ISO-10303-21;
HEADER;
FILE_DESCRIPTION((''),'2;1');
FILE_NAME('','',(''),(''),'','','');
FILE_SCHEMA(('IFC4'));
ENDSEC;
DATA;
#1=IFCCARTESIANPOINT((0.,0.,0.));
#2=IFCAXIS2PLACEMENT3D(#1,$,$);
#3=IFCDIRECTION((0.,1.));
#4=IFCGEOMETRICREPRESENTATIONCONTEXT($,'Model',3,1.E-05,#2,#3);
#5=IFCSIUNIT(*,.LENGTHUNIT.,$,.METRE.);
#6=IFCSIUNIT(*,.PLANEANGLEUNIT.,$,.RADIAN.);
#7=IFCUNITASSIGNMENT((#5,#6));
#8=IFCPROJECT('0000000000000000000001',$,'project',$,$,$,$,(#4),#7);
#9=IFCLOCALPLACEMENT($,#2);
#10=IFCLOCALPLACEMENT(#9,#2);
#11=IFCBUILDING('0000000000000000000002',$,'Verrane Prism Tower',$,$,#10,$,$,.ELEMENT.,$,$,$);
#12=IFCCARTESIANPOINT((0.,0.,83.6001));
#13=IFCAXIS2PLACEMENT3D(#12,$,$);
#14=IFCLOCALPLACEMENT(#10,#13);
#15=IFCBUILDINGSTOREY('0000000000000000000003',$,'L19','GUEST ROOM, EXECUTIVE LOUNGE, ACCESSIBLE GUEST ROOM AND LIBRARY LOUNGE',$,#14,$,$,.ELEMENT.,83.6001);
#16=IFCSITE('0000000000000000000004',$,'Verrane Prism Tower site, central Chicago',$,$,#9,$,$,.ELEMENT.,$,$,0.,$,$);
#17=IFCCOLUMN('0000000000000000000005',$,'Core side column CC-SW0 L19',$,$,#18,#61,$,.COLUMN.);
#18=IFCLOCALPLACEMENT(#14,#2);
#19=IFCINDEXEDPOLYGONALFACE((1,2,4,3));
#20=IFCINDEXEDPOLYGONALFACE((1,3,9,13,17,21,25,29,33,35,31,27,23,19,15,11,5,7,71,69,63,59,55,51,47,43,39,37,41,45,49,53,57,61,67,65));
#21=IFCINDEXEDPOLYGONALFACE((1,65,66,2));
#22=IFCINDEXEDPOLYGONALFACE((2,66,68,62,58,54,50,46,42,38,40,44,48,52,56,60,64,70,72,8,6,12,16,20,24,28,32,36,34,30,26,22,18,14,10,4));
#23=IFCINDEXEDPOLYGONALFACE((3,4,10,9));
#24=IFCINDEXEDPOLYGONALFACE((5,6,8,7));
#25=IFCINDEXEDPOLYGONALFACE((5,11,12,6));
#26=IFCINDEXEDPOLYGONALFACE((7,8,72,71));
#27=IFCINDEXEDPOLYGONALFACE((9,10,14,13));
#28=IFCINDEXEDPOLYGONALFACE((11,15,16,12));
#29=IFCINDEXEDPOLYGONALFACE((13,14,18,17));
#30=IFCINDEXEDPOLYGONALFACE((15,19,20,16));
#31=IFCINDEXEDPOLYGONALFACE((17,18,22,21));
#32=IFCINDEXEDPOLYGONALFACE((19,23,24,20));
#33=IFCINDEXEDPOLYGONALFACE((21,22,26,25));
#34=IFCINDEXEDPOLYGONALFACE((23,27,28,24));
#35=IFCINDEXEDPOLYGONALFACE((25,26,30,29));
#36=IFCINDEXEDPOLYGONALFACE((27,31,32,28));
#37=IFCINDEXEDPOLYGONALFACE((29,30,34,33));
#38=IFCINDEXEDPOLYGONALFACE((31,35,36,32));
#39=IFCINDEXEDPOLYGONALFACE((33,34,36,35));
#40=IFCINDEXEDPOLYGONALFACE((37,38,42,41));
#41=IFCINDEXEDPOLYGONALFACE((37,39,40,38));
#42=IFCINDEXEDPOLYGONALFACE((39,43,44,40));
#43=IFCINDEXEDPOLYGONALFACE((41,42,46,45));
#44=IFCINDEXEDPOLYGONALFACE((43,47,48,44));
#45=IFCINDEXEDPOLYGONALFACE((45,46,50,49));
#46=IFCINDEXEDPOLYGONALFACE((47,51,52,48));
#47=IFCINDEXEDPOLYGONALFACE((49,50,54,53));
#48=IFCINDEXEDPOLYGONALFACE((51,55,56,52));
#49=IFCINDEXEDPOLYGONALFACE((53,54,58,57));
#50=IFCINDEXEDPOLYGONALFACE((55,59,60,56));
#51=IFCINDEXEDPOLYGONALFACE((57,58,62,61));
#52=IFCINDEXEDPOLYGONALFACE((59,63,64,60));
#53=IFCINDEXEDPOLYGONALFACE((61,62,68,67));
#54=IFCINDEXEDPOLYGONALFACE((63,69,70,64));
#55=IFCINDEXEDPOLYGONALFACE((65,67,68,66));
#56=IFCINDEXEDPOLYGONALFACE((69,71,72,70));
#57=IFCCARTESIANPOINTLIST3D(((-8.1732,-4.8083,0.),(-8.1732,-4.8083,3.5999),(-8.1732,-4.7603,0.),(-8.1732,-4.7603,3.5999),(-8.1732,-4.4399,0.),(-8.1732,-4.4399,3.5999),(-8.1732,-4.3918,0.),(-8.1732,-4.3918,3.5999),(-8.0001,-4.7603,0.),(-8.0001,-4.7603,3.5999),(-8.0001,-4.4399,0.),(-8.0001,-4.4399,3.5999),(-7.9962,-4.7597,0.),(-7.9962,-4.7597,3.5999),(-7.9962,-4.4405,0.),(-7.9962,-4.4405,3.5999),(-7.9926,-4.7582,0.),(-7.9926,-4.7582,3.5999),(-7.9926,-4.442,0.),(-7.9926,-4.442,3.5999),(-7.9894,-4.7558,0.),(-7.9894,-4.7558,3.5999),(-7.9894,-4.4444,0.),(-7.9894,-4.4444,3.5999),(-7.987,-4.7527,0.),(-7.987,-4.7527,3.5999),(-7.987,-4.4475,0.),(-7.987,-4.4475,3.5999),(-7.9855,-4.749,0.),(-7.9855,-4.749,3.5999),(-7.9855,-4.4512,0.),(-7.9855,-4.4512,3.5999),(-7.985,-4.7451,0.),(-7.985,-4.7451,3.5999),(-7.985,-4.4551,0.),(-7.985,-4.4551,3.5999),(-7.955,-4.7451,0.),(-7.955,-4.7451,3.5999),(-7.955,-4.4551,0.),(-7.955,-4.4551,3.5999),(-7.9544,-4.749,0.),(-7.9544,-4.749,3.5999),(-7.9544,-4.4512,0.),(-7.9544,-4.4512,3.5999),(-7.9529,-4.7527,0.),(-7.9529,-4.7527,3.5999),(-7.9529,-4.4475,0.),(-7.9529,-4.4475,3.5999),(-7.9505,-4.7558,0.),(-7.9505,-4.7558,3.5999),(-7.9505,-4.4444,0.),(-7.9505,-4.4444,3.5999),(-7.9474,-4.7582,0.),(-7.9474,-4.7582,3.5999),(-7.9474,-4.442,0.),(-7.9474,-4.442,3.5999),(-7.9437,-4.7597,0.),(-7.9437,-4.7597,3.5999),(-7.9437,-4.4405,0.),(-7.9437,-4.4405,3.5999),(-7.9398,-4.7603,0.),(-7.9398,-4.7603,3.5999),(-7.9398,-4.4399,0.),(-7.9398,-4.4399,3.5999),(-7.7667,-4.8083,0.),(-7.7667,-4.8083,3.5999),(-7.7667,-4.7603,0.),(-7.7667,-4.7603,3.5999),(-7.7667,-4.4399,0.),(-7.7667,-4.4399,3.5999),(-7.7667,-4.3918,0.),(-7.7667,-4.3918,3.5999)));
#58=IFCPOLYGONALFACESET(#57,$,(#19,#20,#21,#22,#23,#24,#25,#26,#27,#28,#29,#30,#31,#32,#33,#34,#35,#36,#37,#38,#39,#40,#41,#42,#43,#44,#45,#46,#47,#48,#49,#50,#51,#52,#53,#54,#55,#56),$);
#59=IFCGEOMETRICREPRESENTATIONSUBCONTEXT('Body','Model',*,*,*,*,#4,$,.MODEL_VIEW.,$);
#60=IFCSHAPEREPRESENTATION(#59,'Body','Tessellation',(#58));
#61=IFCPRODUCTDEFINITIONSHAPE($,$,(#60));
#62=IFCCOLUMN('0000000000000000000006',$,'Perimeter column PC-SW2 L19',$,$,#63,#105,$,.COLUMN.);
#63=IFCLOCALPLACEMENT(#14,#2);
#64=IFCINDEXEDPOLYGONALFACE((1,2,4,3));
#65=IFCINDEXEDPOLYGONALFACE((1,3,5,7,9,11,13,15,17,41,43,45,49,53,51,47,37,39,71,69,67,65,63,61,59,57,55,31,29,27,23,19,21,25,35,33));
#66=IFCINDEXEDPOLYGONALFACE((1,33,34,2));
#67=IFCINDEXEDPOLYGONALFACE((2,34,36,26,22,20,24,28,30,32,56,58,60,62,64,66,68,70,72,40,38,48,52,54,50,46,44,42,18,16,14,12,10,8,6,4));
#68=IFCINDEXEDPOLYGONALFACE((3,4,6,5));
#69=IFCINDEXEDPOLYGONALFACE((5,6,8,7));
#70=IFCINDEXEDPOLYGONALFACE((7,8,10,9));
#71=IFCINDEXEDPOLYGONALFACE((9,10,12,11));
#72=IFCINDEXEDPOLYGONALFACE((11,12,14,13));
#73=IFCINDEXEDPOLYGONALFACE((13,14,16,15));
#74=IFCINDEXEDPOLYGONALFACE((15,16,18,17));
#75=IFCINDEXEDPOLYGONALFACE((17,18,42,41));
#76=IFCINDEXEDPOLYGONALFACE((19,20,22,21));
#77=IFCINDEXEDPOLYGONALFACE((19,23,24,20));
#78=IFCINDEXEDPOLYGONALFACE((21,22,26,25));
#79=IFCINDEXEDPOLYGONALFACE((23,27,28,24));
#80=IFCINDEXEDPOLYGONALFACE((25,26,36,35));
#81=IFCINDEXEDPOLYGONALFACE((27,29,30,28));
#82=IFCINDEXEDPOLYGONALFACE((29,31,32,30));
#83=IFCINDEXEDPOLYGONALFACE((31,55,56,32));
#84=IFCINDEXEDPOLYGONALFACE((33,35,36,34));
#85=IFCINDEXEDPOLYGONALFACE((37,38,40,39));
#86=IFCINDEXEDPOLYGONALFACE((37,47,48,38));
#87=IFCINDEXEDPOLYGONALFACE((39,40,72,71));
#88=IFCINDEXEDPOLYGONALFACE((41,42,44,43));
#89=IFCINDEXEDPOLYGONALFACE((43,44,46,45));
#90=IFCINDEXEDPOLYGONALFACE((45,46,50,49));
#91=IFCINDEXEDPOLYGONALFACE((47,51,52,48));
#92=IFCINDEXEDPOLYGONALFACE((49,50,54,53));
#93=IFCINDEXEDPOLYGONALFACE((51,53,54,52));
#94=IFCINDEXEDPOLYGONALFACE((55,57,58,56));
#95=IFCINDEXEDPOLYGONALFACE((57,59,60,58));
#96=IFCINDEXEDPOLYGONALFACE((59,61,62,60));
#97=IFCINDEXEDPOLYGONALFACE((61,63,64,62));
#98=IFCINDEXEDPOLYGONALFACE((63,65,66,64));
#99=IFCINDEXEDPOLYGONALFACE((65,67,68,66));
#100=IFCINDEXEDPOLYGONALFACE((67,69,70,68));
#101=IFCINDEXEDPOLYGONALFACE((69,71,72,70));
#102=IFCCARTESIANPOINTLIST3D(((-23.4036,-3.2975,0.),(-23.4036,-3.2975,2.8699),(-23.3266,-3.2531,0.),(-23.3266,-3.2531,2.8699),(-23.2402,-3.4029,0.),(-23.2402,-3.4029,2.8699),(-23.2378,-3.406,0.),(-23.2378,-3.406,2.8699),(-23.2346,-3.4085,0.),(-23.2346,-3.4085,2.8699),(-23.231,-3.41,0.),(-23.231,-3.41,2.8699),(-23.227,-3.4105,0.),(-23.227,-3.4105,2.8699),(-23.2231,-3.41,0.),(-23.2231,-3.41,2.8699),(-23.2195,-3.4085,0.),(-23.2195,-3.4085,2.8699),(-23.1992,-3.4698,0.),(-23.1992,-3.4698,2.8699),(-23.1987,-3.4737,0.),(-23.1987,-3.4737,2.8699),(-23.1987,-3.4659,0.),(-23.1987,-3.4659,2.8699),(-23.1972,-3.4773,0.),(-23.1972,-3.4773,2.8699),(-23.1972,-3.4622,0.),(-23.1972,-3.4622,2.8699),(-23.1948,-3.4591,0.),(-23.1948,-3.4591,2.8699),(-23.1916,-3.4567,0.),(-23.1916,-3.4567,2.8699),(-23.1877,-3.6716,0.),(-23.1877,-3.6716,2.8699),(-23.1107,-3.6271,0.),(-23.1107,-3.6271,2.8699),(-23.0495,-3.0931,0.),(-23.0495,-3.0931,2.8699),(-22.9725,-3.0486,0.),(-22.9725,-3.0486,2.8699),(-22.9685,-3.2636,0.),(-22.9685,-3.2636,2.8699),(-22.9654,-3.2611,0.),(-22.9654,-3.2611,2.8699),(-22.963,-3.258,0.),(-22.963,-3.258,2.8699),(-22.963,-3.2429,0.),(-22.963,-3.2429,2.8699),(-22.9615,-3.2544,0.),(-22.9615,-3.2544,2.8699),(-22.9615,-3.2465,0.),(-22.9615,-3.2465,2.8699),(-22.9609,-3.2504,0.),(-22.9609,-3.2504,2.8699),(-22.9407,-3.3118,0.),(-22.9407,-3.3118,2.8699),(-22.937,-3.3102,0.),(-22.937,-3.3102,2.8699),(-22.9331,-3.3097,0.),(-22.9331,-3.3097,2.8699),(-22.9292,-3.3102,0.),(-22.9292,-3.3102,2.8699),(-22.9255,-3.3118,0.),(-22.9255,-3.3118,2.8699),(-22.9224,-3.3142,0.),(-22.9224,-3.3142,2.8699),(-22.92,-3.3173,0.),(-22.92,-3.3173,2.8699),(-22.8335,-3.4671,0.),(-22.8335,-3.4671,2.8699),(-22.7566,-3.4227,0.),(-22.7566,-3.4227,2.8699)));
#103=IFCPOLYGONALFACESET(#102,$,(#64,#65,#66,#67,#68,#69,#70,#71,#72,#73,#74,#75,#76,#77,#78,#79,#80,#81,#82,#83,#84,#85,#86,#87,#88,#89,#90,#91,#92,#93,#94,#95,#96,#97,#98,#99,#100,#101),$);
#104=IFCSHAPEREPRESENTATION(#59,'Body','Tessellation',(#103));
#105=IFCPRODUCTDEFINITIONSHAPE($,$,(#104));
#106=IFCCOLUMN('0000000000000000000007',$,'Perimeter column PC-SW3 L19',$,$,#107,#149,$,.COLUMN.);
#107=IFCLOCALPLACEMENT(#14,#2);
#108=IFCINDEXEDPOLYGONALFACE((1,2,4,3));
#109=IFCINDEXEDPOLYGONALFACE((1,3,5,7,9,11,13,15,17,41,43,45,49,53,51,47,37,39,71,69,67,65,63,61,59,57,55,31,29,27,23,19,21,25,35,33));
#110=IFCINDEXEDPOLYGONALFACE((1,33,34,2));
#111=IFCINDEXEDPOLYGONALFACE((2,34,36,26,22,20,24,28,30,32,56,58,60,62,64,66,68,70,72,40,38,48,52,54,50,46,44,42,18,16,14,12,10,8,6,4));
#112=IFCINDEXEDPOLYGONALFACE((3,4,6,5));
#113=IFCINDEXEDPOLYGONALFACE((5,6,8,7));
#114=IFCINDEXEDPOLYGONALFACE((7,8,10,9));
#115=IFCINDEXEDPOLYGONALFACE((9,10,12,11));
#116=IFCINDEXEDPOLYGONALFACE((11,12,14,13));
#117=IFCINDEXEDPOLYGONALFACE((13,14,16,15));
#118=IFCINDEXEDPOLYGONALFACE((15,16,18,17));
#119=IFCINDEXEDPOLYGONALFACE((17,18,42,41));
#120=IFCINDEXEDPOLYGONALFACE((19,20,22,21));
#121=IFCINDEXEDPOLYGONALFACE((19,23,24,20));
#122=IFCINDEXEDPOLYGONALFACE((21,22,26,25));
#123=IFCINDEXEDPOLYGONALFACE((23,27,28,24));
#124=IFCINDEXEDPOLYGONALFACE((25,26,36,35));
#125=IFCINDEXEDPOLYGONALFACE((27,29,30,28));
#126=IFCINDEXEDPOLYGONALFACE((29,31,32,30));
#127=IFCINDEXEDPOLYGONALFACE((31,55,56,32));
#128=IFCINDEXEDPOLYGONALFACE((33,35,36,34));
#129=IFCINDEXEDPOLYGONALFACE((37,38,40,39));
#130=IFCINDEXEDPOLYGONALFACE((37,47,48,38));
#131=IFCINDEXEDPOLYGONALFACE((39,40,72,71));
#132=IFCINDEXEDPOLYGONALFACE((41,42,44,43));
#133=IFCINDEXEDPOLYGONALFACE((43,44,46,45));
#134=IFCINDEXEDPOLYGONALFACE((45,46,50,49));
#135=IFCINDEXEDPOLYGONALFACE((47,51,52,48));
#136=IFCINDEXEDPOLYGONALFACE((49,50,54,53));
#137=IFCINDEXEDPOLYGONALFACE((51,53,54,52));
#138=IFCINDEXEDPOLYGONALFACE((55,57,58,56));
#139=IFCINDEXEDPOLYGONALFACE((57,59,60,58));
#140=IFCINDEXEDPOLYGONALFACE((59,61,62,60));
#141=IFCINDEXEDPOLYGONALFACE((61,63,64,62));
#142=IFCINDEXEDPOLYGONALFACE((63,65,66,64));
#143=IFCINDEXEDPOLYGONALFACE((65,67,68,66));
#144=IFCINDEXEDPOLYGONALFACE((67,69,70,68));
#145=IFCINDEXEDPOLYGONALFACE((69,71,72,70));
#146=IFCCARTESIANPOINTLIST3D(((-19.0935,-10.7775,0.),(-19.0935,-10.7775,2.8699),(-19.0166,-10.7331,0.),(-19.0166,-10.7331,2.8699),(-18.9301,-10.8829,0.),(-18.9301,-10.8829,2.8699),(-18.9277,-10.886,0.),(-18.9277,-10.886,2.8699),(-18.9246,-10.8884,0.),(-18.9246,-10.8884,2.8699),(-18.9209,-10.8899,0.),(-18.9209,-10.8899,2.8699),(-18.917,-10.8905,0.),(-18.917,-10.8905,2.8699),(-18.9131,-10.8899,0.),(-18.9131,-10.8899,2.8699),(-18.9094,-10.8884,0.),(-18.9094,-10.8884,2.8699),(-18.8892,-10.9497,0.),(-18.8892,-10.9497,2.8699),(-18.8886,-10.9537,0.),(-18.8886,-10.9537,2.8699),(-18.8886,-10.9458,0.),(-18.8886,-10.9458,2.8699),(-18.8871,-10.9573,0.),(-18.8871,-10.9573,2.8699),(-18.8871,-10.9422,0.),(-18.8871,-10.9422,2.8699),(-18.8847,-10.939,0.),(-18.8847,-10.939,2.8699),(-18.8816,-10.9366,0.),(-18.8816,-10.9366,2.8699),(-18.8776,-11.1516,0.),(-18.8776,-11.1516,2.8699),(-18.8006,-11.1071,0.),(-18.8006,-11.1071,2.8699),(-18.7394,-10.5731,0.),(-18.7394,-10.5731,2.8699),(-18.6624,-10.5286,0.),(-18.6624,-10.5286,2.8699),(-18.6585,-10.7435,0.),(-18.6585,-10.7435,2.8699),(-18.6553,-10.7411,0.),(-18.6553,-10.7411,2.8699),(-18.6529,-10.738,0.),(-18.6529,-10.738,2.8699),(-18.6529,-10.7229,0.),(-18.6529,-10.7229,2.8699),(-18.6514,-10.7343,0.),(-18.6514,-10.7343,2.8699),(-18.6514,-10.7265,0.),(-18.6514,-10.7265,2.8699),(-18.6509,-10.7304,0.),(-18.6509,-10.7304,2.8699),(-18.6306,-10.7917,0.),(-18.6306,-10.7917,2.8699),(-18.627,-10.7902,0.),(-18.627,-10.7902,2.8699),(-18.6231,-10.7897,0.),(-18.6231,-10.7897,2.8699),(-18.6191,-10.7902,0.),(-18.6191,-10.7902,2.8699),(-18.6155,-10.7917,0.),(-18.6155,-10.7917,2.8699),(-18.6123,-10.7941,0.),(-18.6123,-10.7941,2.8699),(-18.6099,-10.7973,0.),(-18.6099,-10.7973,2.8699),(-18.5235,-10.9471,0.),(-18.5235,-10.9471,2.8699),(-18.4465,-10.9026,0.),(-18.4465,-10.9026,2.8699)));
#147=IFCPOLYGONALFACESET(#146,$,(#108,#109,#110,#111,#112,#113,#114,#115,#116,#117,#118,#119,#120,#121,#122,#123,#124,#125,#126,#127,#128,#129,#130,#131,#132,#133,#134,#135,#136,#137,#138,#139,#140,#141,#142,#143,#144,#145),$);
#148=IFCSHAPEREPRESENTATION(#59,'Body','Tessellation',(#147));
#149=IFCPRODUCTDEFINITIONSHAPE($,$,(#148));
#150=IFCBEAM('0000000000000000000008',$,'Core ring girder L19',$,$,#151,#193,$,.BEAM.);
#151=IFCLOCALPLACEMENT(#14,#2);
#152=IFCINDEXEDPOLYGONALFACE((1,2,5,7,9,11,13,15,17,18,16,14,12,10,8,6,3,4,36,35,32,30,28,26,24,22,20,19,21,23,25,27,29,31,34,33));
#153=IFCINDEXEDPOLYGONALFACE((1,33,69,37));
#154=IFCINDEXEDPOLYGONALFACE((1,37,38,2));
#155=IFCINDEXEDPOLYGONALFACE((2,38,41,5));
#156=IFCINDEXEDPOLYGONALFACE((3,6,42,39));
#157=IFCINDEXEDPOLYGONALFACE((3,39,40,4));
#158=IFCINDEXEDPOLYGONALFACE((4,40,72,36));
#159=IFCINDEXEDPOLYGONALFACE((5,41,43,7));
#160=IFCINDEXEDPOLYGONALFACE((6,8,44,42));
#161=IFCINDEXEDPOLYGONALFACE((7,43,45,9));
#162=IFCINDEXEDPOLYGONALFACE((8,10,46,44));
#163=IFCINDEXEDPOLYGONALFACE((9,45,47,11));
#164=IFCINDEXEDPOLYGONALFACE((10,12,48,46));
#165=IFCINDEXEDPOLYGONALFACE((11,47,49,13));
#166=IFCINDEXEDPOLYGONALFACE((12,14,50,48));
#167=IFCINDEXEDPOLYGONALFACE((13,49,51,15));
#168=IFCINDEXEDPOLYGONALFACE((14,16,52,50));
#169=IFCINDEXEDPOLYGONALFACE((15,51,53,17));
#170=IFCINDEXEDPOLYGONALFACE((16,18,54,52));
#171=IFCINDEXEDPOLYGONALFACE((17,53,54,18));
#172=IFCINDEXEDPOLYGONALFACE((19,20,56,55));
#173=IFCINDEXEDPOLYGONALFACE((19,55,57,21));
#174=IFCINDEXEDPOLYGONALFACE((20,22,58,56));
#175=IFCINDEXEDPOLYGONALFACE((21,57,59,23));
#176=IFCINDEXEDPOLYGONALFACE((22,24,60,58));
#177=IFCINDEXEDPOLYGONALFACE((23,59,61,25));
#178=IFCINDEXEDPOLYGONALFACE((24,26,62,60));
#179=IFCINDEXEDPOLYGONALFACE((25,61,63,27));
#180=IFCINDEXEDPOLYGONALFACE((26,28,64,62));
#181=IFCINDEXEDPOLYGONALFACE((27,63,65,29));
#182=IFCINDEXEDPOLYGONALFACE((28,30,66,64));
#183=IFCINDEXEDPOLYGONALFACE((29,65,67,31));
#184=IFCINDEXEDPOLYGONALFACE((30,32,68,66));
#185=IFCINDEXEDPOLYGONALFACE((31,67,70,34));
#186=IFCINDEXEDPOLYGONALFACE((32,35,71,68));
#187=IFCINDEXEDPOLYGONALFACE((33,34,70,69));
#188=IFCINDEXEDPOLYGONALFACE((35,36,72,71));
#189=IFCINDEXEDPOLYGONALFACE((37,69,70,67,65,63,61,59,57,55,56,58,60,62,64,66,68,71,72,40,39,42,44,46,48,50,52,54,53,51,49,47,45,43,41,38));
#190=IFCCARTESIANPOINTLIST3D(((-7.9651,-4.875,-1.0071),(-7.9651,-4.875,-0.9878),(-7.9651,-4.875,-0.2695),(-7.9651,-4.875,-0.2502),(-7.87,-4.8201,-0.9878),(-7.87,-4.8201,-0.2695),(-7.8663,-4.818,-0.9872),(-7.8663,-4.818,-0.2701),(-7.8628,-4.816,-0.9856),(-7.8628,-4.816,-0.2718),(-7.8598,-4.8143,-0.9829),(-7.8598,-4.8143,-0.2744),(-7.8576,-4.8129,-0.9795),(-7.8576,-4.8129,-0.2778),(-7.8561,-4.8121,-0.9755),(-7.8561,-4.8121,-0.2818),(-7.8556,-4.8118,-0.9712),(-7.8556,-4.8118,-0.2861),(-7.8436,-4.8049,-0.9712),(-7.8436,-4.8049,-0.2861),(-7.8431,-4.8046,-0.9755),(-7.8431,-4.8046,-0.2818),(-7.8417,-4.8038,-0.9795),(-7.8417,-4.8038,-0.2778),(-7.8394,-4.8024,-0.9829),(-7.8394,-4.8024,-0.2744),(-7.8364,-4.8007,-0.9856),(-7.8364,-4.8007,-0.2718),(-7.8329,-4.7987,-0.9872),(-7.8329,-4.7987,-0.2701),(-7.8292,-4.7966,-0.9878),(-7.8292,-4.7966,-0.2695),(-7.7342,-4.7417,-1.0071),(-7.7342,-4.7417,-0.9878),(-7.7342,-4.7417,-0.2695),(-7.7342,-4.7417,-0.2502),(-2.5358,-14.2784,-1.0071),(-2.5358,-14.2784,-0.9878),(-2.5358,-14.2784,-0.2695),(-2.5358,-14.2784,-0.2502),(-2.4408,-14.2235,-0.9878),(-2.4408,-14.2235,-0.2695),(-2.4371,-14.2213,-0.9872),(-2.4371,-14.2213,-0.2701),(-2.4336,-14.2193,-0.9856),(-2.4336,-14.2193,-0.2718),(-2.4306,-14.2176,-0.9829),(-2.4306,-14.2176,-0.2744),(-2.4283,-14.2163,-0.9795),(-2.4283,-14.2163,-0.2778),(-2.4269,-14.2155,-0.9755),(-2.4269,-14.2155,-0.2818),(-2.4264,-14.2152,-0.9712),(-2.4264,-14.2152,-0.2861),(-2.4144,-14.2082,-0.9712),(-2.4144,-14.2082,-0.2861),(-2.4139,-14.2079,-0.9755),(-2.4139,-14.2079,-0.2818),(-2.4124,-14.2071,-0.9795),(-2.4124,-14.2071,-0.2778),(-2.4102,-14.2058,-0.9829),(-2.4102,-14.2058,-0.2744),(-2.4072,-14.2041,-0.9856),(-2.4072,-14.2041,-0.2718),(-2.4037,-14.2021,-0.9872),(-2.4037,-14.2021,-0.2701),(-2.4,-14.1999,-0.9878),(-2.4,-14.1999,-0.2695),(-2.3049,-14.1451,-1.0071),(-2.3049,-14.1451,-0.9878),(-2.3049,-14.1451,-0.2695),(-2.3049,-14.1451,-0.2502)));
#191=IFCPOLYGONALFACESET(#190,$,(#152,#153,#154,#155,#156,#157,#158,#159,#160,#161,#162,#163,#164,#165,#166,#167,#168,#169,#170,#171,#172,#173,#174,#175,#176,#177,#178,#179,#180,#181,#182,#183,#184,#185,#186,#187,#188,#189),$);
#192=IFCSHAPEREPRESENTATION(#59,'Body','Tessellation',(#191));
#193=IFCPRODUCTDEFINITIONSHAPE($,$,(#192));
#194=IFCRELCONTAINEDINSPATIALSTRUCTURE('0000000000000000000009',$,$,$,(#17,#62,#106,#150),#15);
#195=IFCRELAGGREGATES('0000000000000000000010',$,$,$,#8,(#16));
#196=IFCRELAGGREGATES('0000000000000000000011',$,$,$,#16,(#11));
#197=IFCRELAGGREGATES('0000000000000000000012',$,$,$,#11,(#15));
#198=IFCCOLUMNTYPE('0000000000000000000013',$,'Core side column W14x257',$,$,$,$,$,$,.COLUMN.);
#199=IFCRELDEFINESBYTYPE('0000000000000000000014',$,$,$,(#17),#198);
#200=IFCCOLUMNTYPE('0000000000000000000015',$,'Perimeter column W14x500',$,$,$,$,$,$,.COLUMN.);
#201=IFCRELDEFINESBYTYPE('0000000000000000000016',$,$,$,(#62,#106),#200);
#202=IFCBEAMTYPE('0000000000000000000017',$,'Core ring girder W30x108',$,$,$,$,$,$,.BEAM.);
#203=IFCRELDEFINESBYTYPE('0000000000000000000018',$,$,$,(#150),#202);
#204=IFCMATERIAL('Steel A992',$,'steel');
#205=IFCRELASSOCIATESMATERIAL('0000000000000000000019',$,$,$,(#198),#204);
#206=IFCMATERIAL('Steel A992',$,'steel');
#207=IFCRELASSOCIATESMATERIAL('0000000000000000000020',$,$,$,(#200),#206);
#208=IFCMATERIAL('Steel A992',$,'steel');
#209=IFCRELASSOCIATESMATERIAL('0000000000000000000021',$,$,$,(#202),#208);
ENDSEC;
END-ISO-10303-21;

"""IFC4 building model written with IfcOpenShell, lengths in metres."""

from ifc_helpers import new_model, si_unit, direction, frame, origin, origin_2d, place, context, subcontext, project, spatial, i_section, extrude, material, material_profile, profile_set, type_object, element, save


model = new_model("IFC4")

# Units and contexts
model_context = context("Model", 3, precision=1e-05, world=origin(), true_north=direction((0.0, 1.0)))
body_context = subcontext(model_context, "Body", "Model", "MODEL_VIEW")
ifc_project = project(units=[si_unit("LENGTHUNIT", "METRE"), si_unit("PLANEANGLEUNIT", "RADIAN")], contexts=[model_context])

# Site, building, storey
site_placement = place(None, origin())
site = spatial("IfcSite", under=ifc_project, at=site_placement, Name="Verrane Prism Tower site, central Chicago", CompositionType="ELEMENT", RefElevation=0.0)
building_placement = place(site_placement, origin())
building = spatial("IfcBuilding", under=site, at=building_placement, Name="Verrane Prism Tower", CompositionType="ELEMENT")
storey_placement = place(building_placement, frame((0.0, 0.0, 83.6001)))
storey = spatial("IfcBuildingStorey", under=building, at=storey_placement, Name="L19", Description="GUEST ROOM, EXECUTIVE LOUNGE, ACCESSIBLE GUEST ROOM AND LIBRARY LOUNGE", CompositionType="ELEMENT", Elevation=83.6001)

# Columns
ifc_material_1 = material(Name="Steel A992", Category="steel")
ifc_material_profile_1 = material_profile(ifc_material_1, i_section(OverallWidth=0.4065, OverallDepth=0.4165, WebThickness=0.03, FlangeThickness=0.0481, FilletRadius=0.0151, at=origin_2d()), Name="W14x257")
ifc_profile_set_1 = profile_set([ifc_material_profile_1], Name="Steel A992")
column_type_1 = type_object("IfcColumnType", Name="Core side column W14x257", PredefinedType="COLUMN", material=ifc_profile_set_1)
column_placement = place(storey_placement, frame((-7.97, -4.6001, 0.0), z_axis=(0.0, 0.0, 1.0), x_axis=(1.0, 0.0, 0.0)))
element("IfcColumn", 1, at=column_placement, inside=storey, type_object=column_type_1, Name="Core side column CC-SW0 L19", PredefinedType="COLUMN", context=body_context, shape_type="SweptSolid", body=[
    extrude(i_section(OverallWidth=0.4065, OverallDepth=0.4165, WebThickness=0.03, FlangeThickness=0.0481, FilletRadius=0.0151, at=origin_2d()), origin(), (0.0, 0.0, 1.0), 3.5999),
])
ifc_material_2 = material(Name="Steel A992", Category="steel")
ifc_material_profile_2 = material_profile(ifc_material_2, i_section(OverallWidth=0.4319, OverallDepth=0.4978, WebThickness=0.0557, FlangeThickness=0.0889, FilletRadius=0.0151, at=origin_2d()), Name="W14x500")
ifc_profile_set_2 = profile_set([ifc_material_profile_2], Name="Steel A992")
column_type_2 = type_object("IfcColumnType", Name="Perimeter column W14x500", PredefinedType="COLUMN", material=ifc_profile_set_2)
for number, where, z_axis, x_axis, name in (
    (2, (-23.0801, -3.3601, 0.0), (0.0, 0.0, 1.0), (-0.5, 0.866025, 0.0), "Perimeter column PC-SW2 L19"),
    (3, (-18.77, -10.8401, 0.0), (0.0, 0.0, 1.0), (-0.5, 0.866025, 0.0), "Perimeter column PC-SW3 L19"),
):
    element("IfcColumn", number, at=place(storey_placement, frame(where, z_axis=z_axis, x_axis=x_axis)), inside=storey, type_object=column_type_2, Name=name, PredefinedType="COLUMN", context=body_context, shape_type="SweptSolid", body=[
        extrude(i_section(OverallWidth=0.4319, OverallDepth=0.4978, WebThickness=0.0557, FlangeThickness=0.0889, FilletRadius=0.0151, at=origin_2d()), origin(), (0.0, 0.0, 1.0), 2.8699),
    ])

# Beam
ifc_material_3 = material(Name="Steel A992", Category="steel")
ifc_material_profile_3 = material_profile(ifc_material_3, i_section(OverallWidth=0.2666, OverallDepth=0.7568, WebThickness=0.0139, FlangeThickness=0.0193, FilletRadius=0.0166, at=origin_2d()), Name="W30x108")
ifc_profile_set_3 = profile_set([ifc_material_profile_3], Name="Steel A992")
beam_type_1 = type_object("IfcBeamType", Name="Core ring girder W30x108", PredefinedType="BEAM", material=ifc_profile_set_3)
beam_1_placement = place(storey_placement, frame((-7.8496, -4.8083, -0.6287), z_axis=(0.500013, -0.866018, 0.0), x_axis=(0.866018, 0.500013, 0.0)))
element("IfcBeam", 4, at=beam_1_placement, inside=storey, type_object=beam_type_1, Name="Core ring girder L19", PredefinedType="BEAM", context=body_context, shape_type="SweptSolid", body=[
    extrude(i_section(OverallWidth=0.2666, OverallDepth=0.7568, WebThickness=0.0139, FlangeThickness=0.0193, FilletRadius=0.0166, at=origin_2d()), origin(), (0.0, 0.0, 1.0), 10.8582),
])

save(model, "model.ifc")
